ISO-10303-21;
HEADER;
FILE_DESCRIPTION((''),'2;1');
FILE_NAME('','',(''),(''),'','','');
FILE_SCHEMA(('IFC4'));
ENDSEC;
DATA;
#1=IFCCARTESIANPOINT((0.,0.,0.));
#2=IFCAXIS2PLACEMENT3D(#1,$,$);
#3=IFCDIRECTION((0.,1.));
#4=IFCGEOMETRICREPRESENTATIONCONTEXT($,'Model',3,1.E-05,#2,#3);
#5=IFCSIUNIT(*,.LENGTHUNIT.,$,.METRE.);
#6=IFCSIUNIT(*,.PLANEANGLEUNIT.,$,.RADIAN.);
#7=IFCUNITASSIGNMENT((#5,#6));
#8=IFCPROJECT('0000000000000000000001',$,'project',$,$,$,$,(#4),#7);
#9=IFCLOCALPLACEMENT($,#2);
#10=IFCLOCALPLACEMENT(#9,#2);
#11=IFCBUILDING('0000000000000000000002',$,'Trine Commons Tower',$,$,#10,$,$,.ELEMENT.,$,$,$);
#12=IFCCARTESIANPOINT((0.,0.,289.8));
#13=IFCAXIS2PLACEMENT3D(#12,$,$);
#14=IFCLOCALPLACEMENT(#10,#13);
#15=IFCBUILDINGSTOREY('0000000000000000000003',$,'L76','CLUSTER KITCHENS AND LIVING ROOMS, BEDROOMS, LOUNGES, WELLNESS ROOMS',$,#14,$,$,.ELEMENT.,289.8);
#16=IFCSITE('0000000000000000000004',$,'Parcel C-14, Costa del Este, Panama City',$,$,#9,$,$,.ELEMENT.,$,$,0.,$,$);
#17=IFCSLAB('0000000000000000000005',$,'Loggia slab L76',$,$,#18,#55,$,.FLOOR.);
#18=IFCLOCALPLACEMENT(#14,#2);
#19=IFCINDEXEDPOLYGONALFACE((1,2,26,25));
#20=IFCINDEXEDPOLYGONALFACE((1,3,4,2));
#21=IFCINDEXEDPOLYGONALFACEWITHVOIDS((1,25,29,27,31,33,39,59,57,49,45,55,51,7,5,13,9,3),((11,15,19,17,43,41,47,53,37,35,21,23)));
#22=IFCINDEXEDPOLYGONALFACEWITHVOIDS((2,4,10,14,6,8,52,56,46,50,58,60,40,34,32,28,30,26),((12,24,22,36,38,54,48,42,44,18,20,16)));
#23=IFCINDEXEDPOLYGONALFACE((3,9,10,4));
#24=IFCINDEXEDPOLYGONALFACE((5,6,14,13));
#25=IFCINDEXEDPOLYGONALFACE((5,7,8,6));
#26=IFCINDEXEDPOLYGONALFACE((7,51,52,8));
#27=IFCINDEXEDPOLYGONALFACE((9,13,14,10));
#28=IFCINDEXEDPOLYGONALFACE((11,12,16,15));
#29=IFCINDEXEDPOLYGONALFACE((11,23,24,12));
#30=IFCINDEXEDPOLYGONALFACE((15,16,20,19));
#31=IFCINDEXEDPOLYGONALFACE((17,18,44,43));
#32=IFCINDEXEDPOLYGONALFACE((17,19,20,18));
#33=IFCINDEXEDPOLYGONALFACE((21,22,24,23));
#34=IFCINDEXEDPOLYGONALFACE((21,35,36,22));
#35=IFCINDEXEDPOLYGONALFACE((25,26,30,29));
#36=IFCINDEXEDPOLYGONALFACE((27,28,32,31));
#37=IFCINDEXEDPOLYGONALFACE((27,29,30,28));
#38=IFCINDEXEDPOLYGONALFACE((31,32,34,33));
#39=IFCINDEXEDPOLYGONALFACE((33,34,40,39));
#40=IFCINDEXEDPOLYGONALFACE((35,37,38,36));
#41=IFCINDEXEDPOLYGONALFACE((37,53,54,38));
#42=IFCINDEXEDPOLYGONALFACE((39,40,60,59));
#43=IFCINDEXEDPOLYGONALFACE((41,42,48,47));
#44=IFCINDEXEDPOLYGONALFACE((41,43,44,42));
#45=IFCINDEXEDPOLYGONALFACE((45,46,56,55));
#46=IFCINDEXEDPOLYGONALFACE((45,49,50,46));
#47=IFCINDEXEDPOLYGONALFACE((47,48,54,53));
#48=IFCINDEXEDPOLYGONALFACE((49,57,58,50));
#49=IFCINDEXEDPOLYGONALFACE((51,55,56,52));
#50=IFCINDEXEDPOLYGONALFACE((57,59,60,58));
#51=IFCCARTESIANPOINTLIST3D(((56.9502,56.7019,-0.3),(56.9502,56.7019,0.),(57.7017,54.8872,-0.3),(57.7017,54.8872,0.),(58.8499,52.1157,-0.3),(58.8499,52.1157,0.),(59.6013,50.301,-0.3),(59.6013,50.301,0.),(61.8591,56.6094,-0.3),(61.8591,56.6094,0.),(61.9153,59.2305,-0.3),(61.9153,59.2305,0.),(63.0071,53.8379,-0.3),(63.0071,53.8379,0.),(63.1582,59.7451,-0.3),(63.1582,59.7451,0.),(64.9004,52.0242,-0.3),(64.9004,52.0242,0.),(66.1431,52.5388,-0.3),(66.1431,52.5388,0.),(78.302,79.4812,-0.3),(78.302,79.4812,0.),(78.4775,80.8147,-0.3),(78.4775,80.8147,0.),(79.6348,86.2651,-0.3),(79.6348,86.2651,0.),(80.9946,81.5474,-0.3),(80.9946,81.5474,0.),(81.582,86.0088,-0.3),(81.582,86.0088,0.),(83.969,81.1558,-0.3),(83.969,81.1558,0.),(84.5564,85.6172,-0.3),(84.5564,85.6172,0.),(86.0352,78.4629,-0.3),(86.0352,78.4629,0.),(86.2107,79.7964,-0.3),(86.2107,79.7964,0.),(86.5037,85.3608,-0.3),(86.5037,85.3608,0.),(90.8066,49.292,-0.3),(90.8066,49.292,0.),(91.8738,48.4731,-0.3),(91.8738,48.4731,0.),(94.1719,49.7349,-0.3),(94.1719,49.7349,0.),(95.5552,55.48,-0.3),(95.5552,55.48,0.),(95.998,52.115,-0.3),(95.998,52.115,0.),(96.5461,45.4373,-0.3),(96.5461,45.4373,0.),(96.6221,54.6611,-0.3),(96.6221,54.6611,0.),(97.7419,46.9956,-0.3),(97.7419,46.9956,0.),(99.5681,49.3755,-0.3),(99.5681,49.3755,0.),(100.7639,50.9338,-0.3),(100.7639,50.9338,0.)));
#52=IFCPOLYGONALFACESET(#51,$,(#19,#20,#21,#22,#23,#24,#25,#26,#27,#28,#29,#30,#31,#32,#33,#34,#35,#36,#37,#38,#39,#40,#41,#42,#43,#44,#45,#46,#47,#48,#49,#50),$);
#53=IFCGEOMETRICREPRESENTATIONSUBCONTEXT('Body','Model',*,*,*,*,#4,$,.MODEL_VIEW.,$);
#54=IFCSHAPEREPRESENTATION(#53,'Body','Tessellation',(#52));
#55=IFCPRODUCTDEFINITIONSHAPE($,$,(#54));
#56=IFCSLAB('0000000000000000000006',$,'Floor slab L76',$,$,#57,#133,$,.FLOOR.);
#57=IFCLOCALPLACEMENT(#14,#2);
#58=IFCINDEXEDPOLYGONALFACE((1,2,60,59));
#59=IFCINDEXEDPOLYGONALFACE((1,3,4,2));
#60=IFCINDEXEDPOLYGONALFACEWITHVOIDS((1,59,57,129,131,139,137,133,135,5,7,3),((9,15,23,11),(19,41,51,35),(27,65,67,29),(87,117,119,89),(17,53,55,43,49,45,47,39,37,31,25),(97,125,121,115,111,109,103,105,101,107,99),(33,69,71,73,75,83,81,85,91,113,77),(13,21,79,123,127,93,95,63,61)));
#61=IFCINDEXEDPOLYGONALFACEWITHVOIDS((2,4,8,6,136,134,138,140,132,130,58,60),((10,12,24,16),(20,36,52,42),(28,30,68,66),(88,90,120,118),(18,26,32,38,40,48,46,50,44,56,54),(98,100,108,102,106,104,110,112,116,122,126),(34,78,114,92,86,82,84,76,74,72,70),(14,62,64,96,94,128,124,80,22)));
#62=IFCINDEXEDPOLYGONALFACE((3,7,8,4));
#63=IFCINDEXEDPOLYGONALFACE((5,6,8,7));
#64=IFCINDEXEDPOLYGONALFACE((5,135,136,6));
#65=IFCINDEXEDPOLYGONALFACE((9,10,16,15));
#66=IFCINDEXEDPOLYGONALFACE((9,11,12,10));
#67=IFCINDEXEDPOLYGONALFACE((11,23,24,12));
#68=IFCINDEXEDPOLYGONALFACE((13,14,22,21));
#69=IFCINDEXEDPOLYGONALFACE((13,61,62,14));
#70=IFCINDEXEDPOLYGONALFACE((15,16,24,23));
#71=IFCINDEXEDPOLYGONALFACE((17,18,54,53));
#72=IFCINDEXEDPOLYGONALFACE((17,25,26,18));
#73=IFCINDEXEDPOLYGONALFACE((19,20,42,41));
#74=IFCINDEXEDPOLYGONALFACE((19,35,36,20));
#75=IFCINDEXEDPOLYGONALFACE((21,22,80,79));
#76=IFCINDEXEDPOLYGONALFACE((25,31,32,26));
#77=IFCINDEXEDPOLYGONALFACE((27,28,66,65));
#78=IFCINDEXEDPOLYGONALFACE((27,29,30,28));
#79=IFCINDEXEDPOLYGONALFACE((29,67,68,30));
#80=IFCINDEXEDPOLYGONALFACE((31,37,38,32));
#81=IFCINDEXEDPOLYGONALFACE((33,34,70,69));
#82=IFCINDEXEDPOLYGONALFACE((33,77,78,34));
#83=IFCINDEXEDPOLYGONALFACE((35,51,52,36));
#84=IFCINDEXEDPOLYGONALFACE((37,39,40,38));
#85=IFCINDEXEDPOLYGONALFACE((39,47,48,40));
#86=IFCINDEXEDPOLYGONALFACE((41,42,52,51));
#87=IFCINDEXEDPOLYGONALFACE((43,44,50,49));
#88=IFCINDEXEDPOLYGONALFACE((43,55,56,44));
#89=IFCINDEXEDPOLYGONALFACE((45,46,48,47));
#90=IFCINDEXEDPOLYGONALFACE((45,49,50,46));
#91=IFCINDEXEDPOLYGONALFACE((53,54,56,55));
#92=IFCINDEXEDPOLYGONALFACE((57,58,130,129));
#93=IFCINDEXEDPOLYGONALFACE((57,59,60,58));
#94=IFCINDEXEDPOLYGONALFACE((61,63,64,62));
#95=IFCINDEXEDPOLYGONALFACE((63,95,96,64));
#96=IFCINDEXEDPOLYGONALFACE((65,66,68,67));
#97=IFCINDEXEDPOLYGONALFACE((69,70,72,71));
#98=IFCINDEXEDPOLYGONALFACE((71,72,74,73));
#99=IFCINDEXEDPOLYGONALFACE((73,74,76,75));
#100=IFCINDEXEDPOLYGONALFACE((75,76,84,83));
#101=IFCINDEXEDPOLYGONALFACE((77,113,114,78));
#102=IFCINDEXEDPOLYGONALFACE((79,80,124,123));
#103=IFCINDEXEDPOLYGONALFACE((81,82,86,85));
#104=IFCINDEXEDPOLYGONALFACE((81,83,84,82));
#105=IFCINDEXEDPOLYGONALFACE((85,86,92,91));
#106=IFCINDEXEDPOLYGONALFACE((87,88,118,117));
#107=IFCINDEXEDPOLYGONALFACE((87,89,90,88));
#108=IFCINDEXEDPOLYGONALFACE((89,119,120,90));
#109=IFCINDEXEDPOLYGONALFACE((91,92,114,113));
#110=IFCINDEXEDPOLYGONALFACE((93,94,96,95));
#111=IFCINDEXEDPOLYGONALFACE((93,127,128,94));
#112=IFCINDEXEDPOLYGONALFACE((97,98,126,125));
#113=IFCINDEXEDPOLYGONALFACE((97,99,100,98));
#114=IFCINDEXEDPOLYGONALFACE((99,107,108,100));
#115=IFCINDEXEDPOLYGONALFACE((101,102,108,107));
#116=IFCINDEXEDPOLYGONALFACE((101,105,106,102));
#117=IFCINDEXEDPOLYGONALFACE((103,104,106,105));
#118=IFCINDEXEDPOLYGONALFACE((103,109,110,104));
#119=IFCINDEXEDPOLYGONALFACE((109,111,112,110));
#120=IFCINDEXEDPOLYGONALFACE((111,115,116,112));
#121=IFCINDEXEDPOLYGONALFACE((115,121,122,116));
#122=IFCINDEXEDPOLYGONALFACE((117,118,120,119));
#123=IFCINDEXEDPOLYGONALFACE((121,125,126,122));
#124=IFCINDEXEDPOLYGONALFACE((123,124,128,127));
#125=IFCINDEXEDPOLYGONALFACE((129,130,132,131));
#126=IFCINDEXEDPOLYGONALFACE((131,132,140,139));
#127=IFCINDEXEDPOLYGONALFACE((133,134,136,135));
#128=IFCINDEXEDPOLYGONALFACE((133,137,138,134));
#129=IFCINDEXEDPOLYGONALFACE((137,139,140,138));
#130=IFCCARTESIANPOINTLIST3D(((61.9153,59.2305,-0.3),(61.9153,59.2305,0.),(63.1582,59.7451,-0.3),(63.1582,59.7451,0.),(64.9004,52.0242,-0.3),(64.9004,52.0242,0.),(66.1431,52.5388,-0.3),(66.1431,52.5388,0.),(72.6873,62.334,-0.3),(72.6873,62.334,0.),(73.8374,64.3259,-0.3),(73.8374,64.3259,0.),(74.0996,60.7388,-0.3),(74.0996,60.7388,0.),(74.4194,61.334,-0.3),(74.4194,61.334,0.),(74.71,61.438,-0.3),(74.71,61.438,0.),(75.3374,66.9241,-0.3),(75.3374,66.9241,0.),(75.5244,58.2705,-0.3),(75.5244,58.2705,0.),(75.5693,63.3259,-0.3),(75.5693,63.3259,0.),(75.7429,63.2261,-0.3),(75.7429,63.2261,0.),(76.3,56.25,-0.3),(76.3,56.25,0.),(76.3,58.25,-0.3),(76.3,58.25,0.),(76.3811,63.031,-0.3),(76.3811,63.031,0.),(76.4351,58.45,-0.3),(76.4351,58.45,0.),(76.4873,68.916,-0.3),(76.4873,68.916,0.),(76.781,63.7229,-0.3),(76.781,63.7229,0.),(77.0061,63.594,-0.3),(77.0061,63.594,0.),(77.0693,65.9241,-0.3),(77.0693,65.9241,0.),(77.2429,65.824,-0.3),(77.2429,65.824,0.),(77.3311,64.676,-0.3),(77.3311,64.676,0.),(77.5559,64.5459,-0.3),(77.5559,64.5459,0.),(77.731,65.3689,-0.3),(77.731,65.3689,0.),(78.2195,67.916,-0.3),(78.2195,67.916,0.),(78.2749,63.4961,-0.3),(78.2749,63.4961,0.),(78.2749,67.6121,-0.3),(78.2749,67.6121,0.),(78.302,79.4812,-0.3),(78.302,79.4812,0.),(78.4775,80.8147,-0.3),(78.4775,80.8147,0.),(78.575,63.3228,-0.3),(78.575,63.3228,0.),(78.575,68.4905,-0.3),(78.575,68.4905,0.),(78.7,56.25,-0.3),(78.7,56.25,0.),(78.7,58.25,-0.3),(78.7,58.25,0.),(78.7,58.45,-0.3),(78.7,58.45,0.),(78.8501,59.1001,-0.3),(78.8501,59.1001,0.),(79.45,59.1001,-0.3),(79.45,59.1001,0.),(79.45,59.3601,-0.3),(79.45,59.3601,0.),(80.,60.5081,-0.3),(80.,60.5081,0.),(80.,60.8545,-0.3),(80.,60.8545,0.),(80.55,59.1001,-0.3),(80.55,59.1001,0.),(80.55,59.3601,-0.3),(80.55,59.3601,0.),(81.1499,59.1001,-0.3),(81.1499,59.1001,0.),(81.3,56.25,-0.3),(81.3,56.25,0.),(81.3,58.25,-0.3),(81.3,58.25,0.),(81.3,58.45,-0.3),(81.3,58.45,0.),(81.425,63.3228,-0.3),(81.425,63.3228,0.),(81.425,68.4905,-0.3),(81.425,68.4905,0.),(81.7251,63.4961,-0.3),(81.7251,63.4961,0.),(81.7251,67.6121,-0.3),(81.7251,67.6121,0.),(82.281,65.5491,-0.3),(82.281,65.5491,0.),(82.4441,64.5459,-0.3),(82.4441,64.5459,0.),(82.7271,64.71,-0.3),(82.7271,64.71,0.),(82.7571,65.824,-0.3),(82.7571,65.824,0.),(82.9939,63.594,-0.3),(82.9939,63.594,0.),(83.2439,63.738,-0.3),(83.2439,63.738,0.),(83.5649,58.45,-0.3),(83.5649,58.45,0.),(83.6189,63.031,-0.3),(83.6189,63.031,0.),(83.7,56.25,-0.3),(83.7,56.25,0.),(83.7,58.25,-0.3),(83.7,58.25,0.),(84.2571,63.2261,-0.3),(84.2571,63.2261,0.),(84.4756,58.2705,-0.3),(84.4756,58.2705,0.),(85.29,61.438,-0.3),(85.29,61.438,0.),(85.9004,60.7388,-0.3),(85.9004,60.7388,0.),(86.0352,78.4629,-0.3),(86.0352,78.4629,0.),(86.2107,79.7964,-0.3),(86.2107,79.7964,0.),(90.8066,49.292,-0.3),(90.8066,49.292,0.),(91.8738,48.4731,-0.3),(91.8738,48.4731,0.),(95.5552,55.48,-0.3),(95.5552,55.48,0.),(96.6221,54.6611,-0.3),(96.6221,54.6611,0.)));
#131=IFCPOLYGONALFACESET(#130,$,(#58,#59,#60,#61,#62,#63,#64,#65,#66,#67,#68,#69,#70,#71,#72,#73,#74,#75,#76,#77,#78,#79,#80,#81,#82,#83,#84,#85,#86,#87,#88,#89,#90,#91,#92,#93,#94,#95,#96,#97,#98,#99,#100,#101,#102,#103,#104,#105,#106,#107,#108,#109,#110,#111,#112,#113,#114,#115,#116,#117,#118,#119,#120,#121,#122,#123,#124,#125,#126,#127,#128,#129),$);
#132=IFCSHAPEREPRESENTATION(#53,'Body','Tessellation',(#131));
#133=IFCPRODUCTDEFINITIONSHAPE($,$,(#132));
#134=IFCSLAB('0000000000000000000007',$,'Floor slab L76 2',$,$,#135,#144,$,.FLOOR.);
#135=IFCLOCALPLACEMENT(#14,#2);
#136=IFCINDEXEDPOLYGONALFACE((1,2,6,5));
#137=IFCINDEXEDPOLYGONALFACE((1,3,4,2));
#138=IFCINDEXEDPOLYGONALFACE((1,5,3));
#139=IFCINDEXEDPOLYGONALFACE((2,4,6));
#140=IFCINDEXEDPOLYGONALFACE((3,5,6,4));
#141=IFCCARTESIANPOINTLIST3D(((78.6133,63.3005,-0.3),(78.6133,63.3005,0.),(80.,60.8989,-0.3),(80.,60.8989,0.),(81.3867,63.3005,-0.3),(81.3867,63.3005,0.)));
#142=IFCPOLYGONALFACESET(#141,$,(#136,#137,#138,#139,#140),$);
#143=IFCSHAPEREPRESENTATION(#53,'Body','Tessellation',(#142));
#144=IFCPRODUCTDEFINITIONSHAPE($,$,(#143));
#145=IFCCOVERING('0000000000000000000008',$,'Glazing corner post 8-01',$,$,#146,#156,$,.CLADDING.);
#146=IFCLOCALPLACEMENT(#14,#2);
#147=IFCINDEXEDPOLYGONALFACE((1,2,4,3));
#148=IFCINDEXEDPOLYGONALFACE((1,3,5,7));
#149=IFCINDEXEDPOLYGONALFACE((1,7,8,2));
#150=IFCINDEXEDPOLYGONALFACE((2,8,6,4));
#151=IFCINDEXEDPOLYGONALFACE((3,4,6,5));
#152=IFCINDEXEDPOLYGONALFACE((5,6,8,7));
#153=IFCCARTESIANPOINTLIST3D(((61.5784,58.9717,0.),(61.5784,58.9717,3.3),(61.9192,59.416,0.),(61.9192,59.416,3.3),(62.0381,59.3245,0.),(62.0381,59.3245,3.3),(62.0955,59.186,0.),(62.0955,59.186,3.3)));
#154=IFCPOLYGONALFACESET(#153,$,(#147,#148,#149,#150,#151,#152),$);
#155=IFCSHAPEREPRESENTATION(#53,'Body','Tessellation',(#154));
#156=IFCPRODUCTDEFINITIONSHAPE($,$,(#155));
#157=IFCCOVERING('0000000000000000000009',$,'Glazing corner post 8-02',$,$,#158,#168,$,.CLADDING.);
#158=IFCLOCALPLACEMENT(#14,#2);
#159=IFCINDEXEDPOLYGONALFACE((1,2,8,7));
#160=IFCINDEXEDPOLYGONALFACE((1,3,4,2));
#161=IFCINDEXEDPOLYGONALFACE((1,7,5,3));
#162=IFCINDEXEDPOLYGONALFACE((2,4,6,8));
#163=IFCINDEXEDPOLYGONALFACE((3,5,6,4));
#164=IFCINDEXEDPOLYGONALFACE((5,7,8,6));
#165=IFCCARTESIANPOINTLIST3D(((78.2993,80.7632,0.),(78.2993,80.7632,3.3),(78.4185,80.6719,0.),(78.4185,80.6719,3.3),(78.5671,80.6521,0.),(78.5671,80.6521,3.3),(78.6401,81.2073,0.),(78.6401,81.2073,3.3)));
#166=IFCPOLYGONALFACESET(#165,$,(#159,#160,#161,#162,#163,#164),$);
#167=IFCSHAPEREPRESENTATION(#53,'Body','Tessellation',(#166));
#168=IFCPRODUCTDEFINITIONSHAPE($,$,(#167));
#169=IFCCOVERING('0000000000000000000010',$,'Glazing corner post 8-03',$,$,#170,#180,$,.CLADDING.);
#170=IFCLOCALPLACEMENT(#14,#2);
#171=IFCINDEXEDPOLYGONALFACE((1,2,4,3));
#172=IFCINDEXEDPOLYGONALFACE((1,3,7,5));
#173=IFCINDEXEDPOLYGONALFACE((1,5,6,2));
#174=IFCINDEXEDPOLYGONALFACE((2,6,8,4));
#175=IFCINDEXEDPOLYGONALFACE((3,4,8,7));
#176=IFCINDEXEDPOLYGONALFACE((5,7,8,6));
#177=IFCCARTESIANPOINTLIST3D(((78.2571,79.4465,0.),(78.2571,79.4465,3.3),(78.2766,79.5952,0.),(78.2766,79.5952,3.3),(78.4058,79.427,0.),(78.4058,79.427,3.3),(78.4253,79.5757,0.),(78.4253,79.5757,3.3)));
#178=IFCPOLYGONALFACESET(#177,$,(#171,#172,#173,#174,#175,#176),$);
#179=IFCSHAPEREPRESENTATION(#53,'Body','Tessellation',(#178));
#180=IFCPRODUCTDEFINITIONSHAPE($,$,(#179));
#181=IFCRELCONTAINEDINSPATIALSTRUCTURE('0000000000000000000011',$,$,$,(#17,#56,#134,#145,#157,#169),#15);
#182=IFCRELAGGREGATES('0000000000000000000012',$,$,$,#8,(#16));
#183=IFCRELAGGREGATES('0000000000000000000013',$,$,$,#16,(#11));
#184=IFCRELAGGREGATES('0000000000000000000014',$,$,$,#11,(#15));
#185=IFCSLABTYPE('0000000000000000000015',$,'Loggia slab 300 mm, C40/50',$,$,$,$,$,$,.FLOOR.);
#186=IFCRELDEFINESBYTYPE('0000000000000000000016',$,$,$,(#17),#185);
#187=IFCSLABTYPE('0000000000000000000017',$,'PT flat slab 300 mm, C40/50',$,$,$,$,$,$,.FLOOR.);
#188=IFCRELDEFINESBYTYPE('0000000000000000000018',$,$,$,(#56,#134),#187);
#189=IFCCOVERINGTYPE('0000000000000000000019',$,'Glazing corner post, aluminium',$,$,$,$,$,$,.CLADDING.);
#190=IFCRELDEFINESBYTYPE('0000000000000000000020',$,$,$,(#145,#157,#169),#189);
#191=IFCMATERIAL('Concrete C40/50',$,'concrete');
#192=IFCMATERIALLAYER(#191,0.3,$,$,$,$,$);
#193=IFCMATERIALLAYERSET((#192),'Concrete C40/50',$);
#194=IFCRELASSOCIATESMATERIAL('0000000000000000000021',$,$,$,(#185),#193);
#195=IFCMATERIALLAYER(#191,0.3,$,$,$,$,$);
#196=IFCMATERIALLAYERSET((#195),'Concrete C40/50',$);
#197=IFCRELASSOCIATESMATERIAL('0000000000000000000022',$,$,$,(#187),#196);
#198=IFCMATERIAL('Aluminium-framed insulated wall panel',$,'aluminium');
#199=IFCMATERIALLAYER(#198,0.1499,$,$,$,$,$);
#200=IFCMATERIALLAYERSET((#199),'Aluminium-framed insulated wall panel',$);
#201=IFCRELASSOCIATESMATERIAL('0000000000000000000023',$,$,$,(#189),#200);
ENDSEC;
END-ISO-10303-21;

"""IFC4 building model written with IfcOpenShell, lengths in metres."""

from ifc_helpers import new_model, si_unit, direction, frame, origin, place, context, subcontext, project, spatial, polyline, outline, extrude, material, layer, layer_set, type_object, element, save


model = new_model("IFC4")

# Units and contexts
model_context = context("Model", 3, precision=1e-05, world=origin(), true_north=direction((0.0, 1.0)))
body_context = subcontext(model_context, "Body", "Model", "MODEL_VIEW")
ifc_project = project(units=[si_unit("LENGTHUNIT", "METRE"), si_unit("PLANEANGLEUNIT", "RADIAN")], contexts=[model_context])

# Site, building, storey
site_placement = place(None, origin())
site = spatial("IfcSite", under=ifc_project, at=site_placement, Name="Parcel C-14, Costa del Este, Panama City", CompositionType="ELEMENT", RefElevation=0.0)
building_placement = place(site_placement, origin())
building = spatial("IfcBuilding", under=site, at=building_placement, Name="Trine Commons Tower", CompositionType="ELEMENT")
storey_placement = place(building_placement, frame((0.0, 0.0, 289.8)))
storey = spatial("IfcBuildingStorey", under=building, at=storey_placement, Name="L76", Description="CLUSTER KITCHENS AND LIVING ROOMS, BEDROOMS, LOUNGES, WELLNESS ROOMS", CompositionType="ELEMENT", Elevation=289.8)

# Slabs
ifc_material_1 = material(Name="Concrete C40/50", Category="concrete")
ifc_layer_1 = layer(ifc_material_1, 0.3)
ifc_layer_set_1 = layer_set([ifc_layer_1], Name="Concrete C40/50")
slab_type_1 = type_object("IfcSlabType", Name="Loggia slab 300 mm, C40/50", PredefinedType="FLOOR", material=ifc_layer_set_1)
slab_1_placement = place(storey_placement, frame((0.0, 0.0, -0.3)))
element("IfcSlab", 1, at=slab_1_placement, inside=storey, type_object=slab_type_1, Name="Loggia slab L76", PredefinedType="FLOOR", context=body_context, shape_type="SweptSolid", body=[
    extrude(outline(polyline([(100.7639, 50.9338), (86.5037, 85.3608), (84.5564, 85.6172), (83.969, 81.1558), (80.9946, 81.5474), (81.582, 86.0088), (79.6348, 86.2651), (56.9502, 56.7019), (57.7017, 54.8872), (61.8591, 56.6094), (63.0071, 53.8379), (58.8499, 52.1157), (59.6013, 50.301), (96.5461, 45.4373), (97.7419, 46.9956), (94.1719, 49.7349), (95.998, 52.115), (99.5681, 49.3755), (100.7639, 50.9338)]), holes=[polyline([(63.1582, 59.7451), (66.1431, 52.5388), (64.9004, 52.0242), (91.8738, 48.4731), (90.8066, 49.292), (95.5552, 55.48), (96.6221, 54.6611), (86.2107, 79.7964), (86.0352, 78.4629), (78.302, 79.4812), (78.4775, 80.8147), (61.9153, 59.2305), (63.1582, 59.7451)])]), origin(), (0.0, 0.0, 1.0), 0.3),
])
ifc_layer_2 = layer(ifc_material_1, 0.3)
ifc_layer_set_2 = layer_set([ifc_layer_2], Name="Concrete C40/50")
slab_type_2 = type_object("IfcSlabType", Name="PT flat slab 300 mm, C40/50", PredefinedType="FLOOR", material=ifc_layer_set_2)
slab_2_placement = place(storey_placement, frame((0.0, 0.0, -0.3)))
element("IfcSlab", 2, at=slab_2_placement, inside=storey, type_object=slab_type_2, Name="Floor slab L76", PredefinedType="FLOOR", context=body_context, shape_type="SweptSolid", body=[
    extrude(outline(polyline([(61.9153, 59.2305), (63.1582, 59.7451), (66.1431, 52.5388), (64.9004, 52.0242), (91.8738, 48.4731), (90.8066, 49.292), (95.5552, 55.48), (96.6221, 54.6611), (86.2107, 79.7964), (86.0352, 78.4629), (78.302, 79.4812), (78.4775, 80.8147), (61.9153, 59.2305)]), holes=[polyline([(78.7, 56.25), (78.7, 58.25), (76.3, 58.25), (76.3, 56.25), (78.7, 56.25)]), polyline([(83.7, 56.25), (83.7, 58.25), (81.3, 58.25), (81.3, 56.25), (83.7, 56.25)]), polyline([(81.3, 58.45), (83.5649, 58.45), (80.0, 60.5081), (76.4351, 58.45), (78.7, 58.45), (78.8501, 59.1001), (79.45, 59.1001), (79.45, 59.3601), (80.55, 59.3601), (80.55, 59.1001), (81.1499, 59.1001), (81.3, 58.45)]), polyline([(81.425, 63.3228), (81.425, 68.4905), (78.575, 68.4905), (78.575, 63.3228), (74.0996, 60.7388), (75.5244, 58.2705), (80.0, 60.8545), (84.4756, 58.2705), (85.9004, 60.7388), (81.425, 63.3228)]), polyline([(72.6873, 62.334), (74.4194, 61.334), (75.5693, 63.3259), (73.8374, 64.3259), (72.6873, 62.334)]), polyline([(76.3811, 63.031), (75.7429, 63.2261), (74.71, 61.438), (78.2749, 63.4961), (78.2749, 67.6121), (77.2429, 65.824), (77.731, 65.3689), (77.3311, 64.676), (77.5559, 64.5459), (77.0061, 63.594), (76.781, 63.7229), (76.3811, 63.031)]), polyline([(82.9939, 63.594), (82.4441, 64.5459), (82.7271, 64.71), (82.281, 65.5491), (82.7571, 65.824), (81.7251, 67.6121), (81.7251, 63.4961), (85.29, 61.438), (84.2571, 63.2261), (83.6189, 63.031), (83.2439, 63.738), (82.9939, 63.594)]), polyline([(76.4873, 68.916), (75.3374, 66.9241), (77.0693, 65.9241), (78.2195, 67.916), (76.4873, 68.916)])]), origin(), (0.0, 0.0, 1.0), 0.3),
])
slab_3_placement = place(storey_placement, frame((0.0, 0.0, -0.3)))
element("IfcSlab", 3, at=slab_3_placement, inside=storey, type_object=slab_type_2, Name="Floor slab L76 2", PredefinedType="FLOOR", context=body_context, shape_type="SweptSolid", body=[
    extrude(outline(polyline([(81.3867, 63.3005), (78.6133, 63.3005), (80.0, 60.8989), (81.3867, 63.3005)])), origin(), (0.0, 0.0, 1.0), 0.3),
])

# Coverings
ifc_material_2 = material(Name="Aluminium-framed insulated wall panel", Category="aluminium")
ifc_layer_3 = layer(ifc_material_2, 0.1499)
ifc_layer_set_3 = layer_set([ifc_layer_3], Name="Aluminium-framed insulated wall panel")
covering_type_1 = type_object("IfcCoveringType", Name="Glazing corner post, aluminium", PredefinedType="CLADDING", material=ifc_layer_set_3)
covering_1_placement = place(storey_placement, origin())
element("IfcCovering", 4, at=covering_1_placement, inside=storey, type_object=covering_type_1, Name="Glazing corner post 8-01", PredefinedType="CLADDING", context=body_context, shape_type="SweptSolid", body=[
    extrude(outline(polyline([(62.0381, 59.3245), (61.9192, 59.416), (61.5784, 58.9717), (62.0955, 59.186), (62.0381, 59.3245), (62.0381, 59.3245)])), origin(), (0.0, 0.0, 1.0), 3.3),
])
covering_2_placement = place(storey_placement, origin())
element("IfcCovering", 5, at=covering_2_placement, inside=storey, type_object=covering_type_1, Name="Glazing corner post 8-02", PredefinedType="CLADDING", context=body_context, shape_type="SweptSolid", body=[
    extrude(outline(polyline([(78.4185, 80.6719), (78.5671, 80.6521), (78.6401, 81.2073), (78.2993, 80.7632), (78.4185, 80.6719), (78.4185, 80.6719)])), origin(), (0.0, 0.0, 1.0), 3.3),
])
covering_3_placement = place(storey_placement, origin())
element("IfcCovering", 6, at=covering_3_placement, inside=storey, type_object=covering_type_1, Name="Glazing corner post 8-03", PredefinedType="CLADDING", context=body_context, shape_type="SweptSolid", body=[
    extrude(outline(polyline([(78.4058, 79.427), (78.4253, 79.5757), (78.2766, 79.5952), (78.2571, 79.4465), (78.4058, 79.427)])), origin(), (0.0, 0.0, 1.0), 3.3),
])

save(model, "model.ifc")
